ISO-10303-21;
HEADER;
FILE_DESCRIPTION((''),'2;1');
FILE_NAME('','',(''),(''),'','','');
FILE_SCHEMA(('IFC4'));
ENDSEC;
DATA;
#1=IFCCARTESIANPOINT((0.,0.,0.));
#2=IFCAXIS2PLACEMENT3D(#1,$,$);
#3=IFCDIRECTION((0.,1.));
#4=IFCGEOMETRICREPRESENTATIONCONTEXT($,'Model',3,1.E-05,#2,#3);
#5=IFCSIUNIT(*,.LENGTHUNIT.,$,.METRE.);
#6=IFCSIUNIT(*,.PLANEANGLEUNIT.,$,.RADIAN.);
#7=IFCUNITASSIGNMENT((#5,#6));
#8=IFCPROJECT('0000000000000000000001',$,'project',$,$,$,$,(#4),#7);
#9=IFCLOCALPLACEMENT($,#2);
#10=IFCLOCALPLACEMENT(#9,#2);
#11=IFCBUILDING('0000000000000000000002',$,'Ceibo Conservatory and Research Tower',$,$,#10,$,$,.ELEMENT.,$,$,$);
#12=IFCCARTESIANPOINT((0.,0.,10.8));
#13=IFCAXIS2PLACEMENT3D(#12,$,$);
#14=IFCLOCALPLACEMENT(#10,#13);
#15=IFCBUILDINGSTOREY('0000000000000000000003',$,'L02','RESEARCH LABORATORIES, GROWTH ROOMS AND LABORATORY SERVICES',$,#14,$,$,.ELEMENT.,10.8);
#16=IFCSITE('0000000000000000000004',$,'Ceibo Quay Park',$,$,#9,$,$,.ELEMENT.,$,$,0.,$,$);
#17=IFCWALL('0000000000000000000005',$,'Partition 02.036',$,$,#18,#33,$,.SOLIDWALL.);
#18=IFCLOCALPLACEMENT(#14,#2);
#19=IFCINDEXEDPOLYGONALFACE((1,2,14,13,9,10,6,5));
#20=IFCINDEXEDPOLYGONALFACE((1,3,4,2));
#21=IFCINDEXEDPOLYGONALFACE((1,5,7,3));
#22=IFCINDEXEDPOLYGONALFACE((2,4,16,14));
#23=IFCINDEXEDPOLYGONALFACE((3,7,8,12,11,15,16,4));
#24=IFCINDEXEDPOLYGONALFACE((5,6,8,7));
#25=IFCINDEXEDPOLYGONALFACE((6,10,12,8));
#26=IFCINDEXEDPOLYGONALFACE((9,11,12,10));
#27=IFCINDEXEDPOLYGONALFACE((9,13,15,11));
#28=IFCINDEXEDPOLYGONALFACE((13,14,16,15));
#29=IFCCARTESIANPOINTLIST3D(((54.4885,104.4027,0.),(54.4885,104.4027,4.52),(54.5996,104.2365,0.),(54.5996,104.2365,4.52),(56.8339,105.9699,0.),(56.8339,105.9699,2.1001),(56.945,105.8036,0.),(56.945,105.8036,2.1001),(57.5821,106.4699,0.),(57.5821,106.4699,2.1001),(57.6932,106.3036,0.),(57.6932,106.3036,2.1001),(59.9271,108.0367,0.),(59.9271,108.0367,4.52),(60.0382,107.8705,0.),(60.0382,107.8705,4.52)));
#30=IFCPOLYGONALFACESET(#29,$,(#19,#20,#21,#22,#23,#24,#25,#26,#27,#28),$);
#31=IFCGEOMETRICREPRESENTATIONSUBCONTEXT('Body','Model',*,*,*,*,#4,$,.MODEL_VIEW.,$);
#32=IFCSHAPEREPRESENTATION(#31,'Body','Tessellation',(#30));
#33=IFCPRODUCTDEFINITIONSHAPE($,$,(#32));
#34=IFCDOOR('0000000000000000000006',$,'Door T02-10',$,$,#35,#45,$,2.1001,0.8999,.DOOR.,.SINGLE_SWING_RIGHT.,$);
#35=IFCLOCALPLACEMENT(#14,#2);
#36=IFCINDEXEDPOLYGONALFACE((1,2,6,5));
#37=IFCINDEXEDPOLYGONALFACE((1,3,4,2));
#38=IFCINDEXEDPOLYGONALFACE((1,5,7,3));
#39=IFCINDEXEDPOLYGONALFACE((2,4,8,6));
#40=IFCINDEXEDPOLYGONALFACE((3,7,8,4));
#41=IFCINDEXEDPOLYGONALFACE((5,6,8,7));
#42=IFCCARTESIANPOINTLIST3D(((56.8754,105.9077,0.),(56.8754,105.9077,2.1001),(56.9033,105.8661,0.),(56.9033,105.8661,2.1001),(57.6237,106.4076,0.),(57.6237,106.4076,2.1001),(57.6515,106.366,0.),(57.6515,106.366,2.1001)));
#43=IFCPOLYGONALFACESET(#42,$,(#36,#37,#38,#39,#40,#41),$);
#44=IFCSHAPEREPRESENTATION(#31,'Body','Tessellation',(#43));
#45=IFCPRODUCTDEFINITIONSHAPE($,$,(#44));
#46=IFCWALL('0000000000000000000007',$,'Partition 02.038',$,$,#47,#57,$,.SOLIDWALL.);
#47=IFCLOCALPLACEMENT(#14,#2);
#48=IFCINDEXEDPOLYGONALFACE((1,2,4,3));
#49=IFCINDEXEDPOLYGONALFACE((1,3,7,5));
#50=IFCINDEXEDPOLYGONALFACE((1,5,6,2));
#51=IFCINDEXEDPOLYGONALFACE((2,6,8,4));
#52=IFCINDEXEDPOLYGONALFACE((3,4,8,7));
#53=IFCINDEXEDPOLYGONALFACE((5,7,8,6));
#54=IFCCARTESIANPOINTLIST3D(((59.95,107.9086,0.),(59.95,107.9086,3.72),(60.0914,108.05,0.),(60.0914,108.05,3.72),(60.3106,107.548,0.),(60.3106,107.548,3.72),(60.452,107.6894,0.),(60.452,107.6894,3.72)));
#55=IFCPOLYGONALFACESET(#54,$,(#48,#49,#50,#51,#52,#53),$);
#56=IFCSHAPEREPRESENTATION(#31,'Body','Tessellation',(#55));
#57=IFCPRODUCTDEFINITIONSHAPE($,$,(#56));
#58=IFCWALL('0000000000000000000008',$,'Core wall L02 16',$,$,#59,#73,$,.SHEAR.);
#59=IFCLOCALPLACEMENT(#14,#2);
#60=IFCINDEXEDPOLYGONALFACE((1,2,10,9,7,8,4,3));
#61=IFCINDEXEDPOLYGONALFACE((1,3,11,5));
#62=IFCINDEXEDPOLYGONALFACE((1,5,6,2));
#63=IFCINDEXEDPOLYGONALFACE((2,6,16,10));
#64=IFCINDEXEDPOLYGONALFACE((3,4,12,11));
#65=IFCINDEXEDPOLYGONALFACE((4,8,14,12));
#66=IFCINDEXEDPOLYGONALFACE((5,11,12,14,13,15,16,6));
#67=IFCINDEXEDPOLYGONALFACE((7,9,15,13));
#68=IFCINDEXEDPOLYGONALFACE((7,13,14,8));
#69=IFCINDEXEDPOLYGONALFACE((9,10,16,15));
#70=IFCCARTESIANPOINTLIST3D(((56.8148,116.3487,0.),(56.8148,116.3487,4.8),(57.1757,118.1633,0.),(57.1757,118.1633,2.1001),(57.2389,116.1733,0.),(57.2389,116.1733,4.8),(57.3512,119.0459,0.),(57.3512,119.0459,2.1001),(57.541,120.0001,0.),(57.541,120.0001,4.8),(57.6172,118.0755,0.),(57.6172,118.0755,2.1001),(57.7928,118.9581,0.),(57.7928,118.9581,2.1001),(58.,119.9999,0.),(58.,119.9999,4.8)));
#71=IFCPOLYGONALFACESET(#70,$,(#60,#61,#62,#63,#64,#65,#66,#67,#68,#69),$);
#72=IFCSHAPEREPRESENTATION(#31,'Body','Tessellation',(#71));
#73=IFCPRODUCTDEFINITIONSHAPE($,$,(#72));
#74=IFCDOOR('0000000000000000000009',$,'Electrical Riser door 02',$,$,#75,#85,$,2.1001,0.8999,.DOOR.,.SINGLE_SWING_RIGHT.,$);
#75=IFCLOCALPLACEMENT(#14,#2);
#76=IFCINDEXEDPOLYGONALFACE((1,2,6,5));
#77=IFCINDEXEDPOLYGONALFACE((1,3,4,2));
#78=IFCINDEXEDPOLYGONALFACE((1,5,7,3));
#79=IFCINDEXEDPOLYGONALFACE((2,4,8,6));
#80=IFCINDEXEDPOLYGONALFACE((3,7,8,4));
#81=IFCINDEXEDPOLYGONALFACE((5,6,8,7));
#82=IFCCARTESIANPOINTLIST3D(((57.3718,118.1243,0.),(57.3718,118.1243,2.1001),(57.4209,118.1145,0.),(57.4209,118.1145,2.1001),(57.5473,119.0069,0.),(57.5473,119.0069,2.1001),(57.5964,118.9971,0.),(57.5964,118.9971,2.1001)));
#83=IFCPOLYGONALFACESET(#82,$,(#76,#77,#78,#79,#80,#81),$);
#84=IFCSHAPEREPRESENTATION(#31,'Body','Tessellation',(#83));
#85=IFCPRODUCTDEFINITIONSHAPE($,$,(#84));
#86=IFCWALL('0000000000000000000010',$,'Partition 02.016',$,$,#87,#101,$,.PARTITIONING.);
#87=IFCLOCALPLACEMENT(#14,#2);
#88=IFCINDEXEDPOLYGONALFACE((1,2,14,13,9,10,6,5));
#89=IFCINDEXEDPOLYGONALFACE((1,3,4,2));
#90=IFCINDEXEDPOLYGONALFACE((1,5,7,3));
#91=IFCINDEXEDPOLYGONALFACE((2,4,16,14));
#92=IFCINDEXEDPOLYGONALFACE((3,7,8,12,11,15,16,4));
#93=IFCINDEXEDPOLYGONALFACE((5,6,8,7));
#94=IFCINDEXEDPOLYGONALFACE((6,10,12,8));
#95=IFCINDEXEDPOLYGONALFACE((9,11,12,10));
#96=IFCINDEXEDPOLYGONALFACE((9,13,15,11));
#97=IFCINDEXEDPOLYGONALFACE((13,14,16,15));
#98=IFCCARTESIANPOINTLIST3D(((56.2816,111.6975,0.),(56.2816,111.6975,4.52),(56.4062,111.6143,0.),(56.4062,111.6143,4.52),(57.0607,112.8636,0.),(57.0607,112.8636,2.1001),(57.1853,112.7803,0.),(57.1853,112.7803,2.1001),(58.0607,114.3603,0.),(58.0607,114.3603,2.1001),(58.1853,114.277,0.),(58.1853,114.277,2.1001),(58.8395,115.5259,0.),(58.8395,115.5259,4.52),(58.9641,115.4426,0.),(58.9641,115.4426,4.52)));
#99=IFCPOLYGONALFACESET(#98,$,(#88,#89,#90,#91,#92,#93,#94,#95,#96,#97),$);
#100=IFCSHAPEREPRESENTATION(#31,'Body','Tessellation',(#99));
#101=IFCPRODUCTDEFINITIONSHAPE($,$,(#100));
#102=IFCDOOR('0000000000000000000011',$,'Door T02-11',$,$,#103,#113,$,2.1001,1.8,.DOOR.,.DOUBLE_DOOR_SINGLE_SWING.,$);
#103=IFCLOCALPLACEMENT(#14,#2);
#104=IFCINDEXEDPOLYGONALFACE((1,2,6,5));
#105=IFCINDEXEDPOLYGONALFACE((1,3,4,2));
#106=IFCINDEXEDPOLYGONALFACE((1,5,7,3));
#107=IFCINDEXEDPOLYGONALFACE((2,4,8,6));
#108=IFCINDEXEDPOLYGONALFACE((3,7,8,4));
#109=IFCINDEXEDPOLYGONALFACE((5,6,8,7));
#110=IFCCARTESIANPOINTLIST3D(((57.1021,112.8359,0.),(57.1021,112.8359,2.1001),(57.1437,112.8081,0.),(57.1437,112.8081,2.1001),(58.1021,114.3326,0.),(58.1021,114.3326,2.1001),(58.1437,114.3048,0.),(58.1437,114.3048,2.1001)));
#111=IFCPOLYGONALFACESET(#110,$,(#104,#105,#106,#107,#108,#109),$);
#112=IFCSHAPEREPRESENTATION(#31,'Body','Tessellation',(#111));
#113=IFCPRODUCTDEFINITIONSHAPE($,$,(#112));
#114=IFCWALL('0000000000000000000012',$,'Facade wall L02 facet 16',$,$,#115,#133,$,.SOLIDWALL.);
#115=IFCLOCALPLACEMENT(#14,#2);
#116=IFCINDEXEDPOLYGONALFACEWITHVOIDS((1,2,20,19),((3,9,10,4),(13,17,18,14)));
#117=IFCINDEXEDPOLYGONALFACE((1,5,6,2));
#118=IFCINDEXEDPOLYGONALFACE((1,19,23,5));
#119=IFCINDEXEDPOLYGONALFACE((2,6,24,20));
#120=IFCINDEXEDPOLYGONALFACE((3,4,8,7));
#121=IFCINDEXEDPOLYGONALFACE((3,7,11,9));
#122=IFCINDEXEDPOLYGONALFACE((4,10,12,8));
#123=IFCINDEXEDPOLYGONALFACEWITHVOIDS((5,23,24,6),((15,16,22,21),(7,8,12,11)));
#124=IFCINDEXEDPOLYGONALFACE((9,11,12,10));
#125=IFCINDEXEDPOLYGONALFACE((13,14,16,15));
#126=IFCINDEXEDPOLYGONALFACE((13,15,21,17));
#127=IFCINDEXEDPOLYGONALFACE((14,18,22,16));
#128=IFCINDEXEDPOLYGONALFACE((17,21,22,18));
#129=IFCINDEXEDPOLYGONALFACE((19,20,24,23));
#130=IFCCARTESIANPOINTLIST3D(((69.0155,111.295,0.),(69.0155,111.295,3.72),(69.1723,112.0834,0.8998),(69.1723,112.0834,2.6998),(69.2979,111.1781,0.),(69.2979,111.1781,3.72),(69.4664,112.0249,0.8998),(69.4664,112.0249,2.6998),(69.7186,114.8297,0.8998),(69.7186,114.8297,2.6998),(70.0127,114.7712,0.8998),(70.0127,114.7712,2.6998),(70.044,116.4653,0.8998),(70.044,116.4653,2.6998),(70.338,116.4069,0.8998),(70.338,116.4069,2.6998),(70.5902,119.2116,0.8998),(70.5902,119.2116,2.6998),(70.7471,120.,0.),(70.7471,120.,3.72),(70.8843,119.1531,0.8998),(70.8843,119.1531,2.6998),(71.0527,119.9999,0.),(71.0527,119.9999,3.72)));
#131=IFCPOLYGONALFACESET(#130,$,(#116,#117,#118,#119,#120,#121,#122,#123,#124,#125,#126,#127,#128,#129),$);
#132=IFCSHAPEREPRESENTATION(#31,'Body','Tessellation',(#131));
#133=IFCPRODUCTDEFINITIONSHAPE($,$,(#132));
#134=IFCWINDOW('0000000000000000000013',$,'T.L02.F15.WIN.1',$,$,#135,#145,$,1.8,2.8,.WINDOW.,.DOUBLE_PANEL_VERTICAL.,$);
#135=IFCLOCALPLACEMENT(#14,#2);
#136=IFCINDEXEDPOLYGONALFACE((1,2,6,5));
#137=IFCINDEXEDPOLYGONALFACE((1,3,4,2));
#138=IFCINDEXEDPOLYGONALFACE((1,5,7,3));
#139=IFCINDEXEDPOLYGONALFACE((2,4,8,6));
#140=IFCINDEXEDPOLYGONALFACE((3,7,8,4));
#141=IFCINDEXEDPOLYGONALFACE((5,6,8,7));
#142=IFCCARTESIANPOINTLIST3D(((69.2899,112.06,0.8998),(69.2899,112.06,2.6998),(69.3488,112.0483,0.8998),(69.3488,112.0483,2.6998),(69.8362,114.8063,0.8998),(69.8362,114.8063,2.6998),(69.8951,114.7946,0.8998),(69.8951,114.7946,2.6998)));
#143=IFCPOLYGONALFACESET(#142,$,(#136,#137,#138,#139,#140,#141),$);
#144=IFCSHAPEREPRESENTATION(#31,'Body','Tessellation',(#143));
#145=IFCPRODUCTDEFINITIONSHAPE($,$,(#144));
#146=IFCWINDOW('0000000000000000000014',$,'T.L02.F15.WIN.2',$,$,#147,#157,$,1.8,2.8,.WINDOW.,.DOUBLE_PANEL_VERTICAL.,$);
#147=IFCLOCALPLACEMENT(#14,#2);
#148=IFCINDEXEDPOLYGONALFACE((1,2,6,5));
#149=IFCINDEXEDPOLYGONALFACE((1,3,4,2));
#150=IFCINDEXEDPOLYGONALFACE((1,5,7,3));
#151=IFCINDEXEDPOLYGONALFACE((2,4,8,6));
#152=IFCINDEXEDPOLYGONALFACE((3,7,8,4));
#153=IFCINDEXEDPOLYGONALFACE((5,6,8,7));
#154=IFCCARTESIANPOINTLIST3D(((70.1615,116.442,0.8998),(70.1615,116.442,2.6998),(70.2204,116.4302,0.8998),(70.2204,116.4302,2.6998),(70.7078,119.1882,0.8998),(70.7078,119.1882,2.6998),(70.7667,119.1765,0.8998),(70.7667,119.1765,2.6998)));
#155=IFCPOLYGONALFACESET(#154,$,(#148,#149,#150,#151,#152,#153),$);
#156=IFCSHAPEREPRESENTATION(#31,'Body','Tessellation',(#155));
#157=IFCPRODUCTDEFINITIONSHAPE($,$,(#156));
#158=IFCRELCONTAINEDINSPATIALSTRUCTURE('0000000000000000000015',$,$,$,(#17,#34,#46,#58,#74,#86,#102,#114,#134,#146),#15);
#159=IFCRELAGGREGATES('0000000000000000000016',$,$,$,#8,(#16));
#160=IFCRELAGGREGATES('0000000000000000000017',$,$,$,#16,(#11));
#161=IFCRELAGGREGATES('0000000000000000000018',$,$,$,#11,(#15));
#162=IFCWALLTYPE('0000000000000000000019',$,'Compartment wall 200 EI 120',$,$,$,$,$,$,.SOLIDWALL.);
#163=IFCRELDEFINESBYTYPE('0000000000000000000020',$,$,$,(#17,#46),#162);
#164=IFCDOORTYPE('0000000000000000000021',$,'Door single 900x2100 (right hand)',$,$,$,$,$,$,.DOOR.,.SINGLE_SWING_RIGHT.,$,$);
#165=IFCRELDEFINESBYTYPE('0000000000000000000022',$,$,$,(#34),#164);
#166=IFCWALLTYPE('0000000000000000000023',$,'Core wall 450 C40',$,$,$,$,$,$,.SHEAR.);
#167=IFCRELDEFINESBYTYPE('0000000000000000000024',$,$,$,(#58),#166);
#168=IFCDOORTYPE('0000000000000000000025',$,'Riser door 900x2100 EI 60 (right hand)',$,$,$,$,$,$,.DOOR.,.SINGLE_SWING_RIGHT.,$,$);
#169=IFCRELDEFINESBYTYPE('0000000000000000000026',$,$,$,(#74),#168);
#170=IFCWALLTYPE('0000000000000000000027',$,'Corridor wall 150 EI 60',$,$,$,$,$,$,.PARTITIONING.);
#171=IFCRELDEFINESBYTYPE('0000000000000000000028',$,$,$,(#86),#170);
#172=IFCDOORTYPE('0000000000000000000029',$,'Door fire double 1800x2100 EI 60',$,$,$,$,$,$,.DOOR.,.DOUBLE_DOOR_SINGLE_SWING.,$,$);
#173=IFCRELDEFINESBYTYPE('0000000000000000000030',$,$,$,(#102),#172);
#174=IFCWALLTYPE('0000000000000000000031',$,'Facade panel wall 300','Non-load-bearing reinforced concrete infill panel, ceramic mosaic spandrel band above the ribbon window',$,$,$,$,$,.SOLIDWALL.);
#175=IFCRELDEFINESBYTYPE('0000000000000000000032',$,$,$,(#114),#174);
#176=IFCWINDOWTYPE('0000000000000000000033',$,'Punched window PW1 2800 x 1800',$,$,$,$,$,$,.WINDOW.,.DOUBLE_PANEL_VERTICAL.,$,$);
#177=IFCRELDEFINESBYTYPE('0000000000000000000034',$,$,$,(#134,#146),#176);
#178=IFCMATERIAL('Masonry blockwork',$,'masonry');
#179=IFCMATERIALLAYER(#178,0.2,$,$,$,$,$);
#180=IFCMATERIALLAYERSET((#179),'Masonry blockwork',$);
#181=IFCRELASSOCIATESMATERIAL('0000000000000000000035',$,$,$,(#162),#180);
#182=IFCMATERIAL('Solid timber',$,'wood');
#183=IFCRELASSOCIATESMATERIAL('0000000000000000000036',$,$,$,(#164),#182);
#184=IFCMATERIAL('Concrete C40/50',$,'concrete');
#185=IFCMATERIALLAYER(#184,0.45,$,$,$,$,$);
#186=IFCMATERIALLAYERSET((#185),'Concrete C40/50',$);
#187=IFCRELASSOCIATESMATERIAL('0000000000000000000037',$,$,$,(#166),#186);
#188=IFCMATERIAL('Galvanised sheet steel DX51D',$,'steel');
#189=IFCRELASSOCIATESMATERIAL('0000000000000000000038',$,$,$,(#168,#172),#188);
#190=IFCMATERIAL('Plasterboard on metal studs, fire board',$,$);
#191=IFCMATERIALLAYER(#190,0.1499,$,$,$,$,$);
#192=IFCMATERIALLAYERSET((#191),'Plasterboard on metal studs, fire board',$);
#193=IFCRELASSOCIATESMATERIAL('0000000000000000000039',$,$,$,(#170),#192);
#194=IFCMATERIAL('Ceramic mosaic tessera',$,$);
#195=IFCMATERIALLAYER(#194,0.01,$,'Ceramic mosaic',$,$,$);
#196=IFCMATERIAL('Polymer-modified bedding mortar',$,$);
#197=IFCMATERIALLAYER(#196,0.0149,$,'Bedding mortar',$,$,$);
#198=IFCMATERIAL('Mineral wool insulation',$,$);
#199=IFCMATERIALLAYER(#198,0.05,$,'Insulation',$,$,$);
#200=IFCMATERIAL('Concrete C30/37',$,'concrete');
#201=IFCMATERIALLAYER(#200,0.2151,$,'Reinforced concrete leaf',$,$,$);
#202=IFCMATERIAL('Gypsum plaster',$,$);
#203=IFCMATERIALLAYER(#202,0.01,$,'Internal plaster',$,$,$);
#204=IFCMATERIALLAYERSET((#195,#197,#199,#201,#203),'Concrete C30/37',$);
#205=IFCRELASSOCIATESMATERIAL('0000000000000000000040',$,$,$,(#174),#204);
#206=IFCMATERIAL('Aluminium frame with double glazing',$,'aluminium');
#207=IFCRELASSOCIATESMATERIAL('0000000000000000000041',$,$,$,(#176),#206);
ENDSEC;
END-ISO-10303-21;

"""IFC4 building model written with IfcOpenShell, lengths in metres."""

from ifc_helpers import new_model, si_unit, direction, frame, frame_2d, origin, place, context, subcontext, project, spatial, polyline, rectangle, outline, extrude, material, layer, layer_set, type_object, element, fill, save


model = new_model("IFC4")

# Units and contexts
model_context = context("Model", 3, precision=1e-05, world=origin(), true_north=direction((0.0, 1.0)))
body_context = subcontext(model_context, "Body", "Model", "MODEL_VIEW")
ifc_project = project(units=[si_unit("LENGTHUNIT", "METRE"), si_unit("PLANEANGLEUNIT", "RADIAN")], contexts=[model_context])

# Site, building, storey
site_placement = place(None, origin())
site = spatial("IfcSite", under=ifc_project, at=site_placement, Name="Ceibo Quay Park", CompositionType="ELEMENT", RefElevation=0.0)
building_placement = place(site_placement, origin())
building = spatial("IfcBuilding", under=site, at=building_placement, Name="Ceibo Conservatory and Research Tower", CompositionType="ELEMENT")
storey_placement = place(building_placement, frame((0.0, 0.0, 10.8)))
storey = spatial("IfcBuildingStorey", under=building, at=storey_placement, Name="L02", Description="RESEARCH LABORATORIES, GROWTH ROOMS AND LABORATORY SERVICES", CompositionType="ELEMENT", Elevation=10.8)

# Shared definitions
ifc_material_1 = material(Name="Concrete C40/50", Category="concrete")

# Wall, opening, door
ifc_material_2 = material(Name="Masonry blockwork", Category="masonry")
ifc_layer_1 = layer(ifc_material_2, 0.2)
ifc_layer_set_1 = layer_set([ifc_layer_1], Name="Masonry blockwork")
wall_type_1 = type_object("IfcWallType", Name="Compartment wall 200 EI 120", PredefinedType="SOLIDWALL", material=ifc_layer_set_1)
wall_1_placement = place(storey_placement, frame((59.9827, 107.9536, 0.0), z_axis=(0.0, 0.0, 1.0), x_axis=(-0.83147, -0.55557, 0.0)))
wall_1 = element("IfcWall", 1, at=wall_1_placement, inside=storey, type_object=wall_type_1, Name="Partition 02.036", PredefinedType="SOLIDWALL", context=body_context, shape_type="SweptSolid", body=[
    extrude(rectangle(XDim=6.541, YDim=0.2, at=frame_2d((3.2705, 0.0))), origin(), (0.0, 0.0, 1.0), 4.52),
])
opening_1_placement = place(wall_1_placement, frame((2.8203, 0.0, 0.0)))
opening_1 = element("IfcOpeningElement", 2, at=opening_1_placement, cuts=wall_1, PredefinedType="OPENING", context=body_context, shape_type="SweptSolid", body=[
    extrude(rectangle(XDim=0.8999, YDim=2.1001, at=frame_2d((0.45, 1.05))), frame((0.0, 0.1099, 0.0), z_axis=(0.0, -1.0, 0.0), x_axis=(1.0, 0.0, 0.0)), (0.0, 0.0, 1.0), 0.22),
])
ifc_material_3 = material(Name="Solid timber", Category="wood")
door_type_1 = type_object("IfcDoorType", Name="Door single 900x2100 (right hand)", OperationType="SINGLE_SWING_RIGHT", PredefinedType="DOOR", material=ifc_material_3)
door_1_placement = place(opening_1_placement, origin())
door_1 = element("IfcDoor", 3, at=door_1_placement, inside=storey, type_object=door_type_1, Name="Door T02-10", OperationType="SINGLE_SWING_RIGHT", OverallHeight=2.1001, OverallWidth=0.8999, PredefinedType="DOOR", context=body_context, shape_type="SweptSolid", body=[
    extrude(rectangle(XDim=0.8999, YDim=2.1001, at=frame_2d((0.45, 1.05))), frame((0.0, 0.0249, 0.0), z_axis=(0.0, -1.0, 0.0), x_axis=(1.0, 0.0, 0.0)), (0.0, 0.0, 1.0), 0.05),
])
fill(opening_1, door_1)

# Wall
wall_2_placement = place(storey_placement, frame((60.0208, 107.9792, 0.0), z_axis=(0.0, 0.0, 1.0), x_axis=(0.707107, -0.707107, 0.0)))
element("IfcWall", 4, at=wall_2_placement, inside=storey, type_object=wall_type_1, Name="Partition 02.038", PredefinedType="SOLIDWALL", context=body_context, shape_type="SweptSolid", body=[
    extrude(rectangle(XDim=0.51, YDim=0.2, at=frame_2d((0.2549, 0.0))), origin(), (0.0, 0.0, 1.0), 3.72),
])

# Walls, openings, doors
ifc_layer_2 = layer(ifc_material_1, 0.45)
ifc_layer_set_2 = layer_set([ifc_layer_2], Name="Concrete C40/50")
wall_type_2 = type_object("IfcWallType", Name="Core wall 450 C40", PredefinedType="SHEAR", material=ifc_layer_set_2)
wall_3_placement = place(storey_placement, frame((57.0269, 116.261, 0.0), z_axis=(0.0, 0.0, 1.0), x_axis=(0.195069, 0.980789, 0.0)))
wall_3 = element("IfcWall", 5, at=wall_3_placement, inside=storey, type_object=wall_type_2, Name="Core wall L02 16", PredefinedType="SHEAR", context=body_context, shape_type="SweptSolid", body=[
    extrude(outline(polyline([(-0.0447, -0.2251), (3.8569, -0.2251), (3.7676, 0.2251), (0.0447, 0.2251), (-0.0447, -0.2251)])), origin(), (0.0, 0.0, 1.0), 4.8),
])
opening_2_placement = place(wall_3_placement, frame((1.8948, 0.0, 0.0)))
opening_2 = element("IfcOpeningElement", 6, at=opening_2_placement, cuts=wall_3, PredefinedType="OPENING", context=body_context, shape_type="SweptSolid", body=[
    extrude(rectangle(XDim=0.8999, YDim=2.1001, at=frame_2d((0.45, 1.05))), frame((0.0, 0.2349, 0.0), z_axis=(0.0, -1.0, 0.0), x_axis=(1.0, 0.0, 0.0)), (0.0, 0.0, 1.0), 0.47),
])
ifc_material_4 = material(Name="Galvanised sheet steel DX51D", Category="steel")
door_type_2 = type_object("IfcDoorType", Name="Riser door 900x2100 EI 60 (right hand)", OperationType="SINGLE_SWING_RIGHT", PredefinedType="DOOR", material=ifc_material_4)
door_2_placement = place(opening_2_placement, frame((0.8999, 0.0, 0.0), z_axis=(0.0, 0.0, 1.0), x_axis=(-1.0, 0.0, 0.0)))
door_2 = element("IfcDoor", 7, at=door_2_placement, inside=storey, type_object=door_type_2, Name="Electrical Riser door 02", OperationType="SINGLE_SWING_RIGHT", OverallHeight=2.1001, OverallWidth=0.8999, PredefinedType="DOOR", context=body_context, shape_type="SweptSolid", body=[
    extrude(rectangle(XDim=0.8999, YDim=2.1001, at=frame_2d((0.45, 1.05))), frame((0.0, 0.0249, 0.0), z_axis=(0.0, -1.0, 0.0), x_axis=(1.0, 0.0, 0.0)), (0.0, 0.0, 1.0), 0.05),
])
fill(opening_2, door_2)
ifc_material_5 = material(Name="Plasterboard on metal studs, fire board")
ifc_layer_3 = layer(ifc_material_5, 0.1499)
ifc_layer_set_3 = layer_set([ifc_layer_3], Name="Plasterboard on metal studs, fire board")
wall_type_3 = type_object("IfcWallType", Name="Corridor wall 150 EI 60", PredefinedType="PARTITIONING", material=ifc_layer_set_3)
wall_4_placement = place(storey_placement, frame((58.9019, 115.4844, 0.0), z_axis=(0.0, 0.0, 1.0), x_axis=(-0.555544, -0.831487, 0.0)))
wall_4 = element("IfcWall", 8, at=wall_4_placement, inside=storey, type_object=wall_type_3, Name="Partition 02.016", PredefinedType="PARTITIONING", context=body_context, shape_type="SweptSolid", body=[
    extrude(rectangle(XDim=4.6042, YDim=0.1499, at=frame_2d((2.3022, 0.0))), origin(), (0.0, 0.0, 1.0), 4.52),
])
opening_3_placement = place(wall_4_placement, frame((1.4021, 0.0, 0.0)))
opening_3 = element("IfcOpeningElement", 9, at=opening_3_placement, cuts=wall_4, PredefinedType="OPENING", context=body_context, shape_type="SweptSolid", body=[
    extrude(rectangle(XDim=1.8, YDim=2.1001, at=frame_2d((0.8999, 1.05))), frame((0.0, 0.085, 0.0), z_axis=(0.0, -1.0, 0.0), x_axis=(1.0, 0.0, 0.0)), (0.0, 0.0, 1.0), 0.1699),
])
door_type_3 = type_object("IfcDoorType", Name="Door fire double 1800x2100 EI 60", OperationType="DOUBLE_DOOR_SINGLE_SWING", PredefinedType="DOOR", material=ifc_material_4)
door_3_placement = place(opening_3_placement, origin())
door_3 = element("IfcDoor", 10, at=door_3_placement, inside=storey, type_object=door_type_3, Name="Door T02-11", OperationType="DOUBLE_DOOR_SINGLE_SWING", OverallHeight=2.1001, OverallWidth=1.8, PredefinedType="DOOR", context=body_context, shape_type="SweptSolid", body=[
    extrude(rectangle(XDim=1.8, YDim=2.1001, at=frame_2d((0.8999, 1.05))), frame((0.0, 0.0249, 0.0), z_axis=(0.0, -1.0, 0.0), x_axis=(1.0, 0.0, 0.0)), (0.0, 0.0, 1.0), 0.05),
])
fill(opening_3, door_3)

# Wall, openings, windows
ifc_material_6 = material(Name="Ceramic mosaic tessera")
ifc_layer_4 = layer(ifc_material_6, 0.01, Name="Ceramic mosaic")
ifc_material_7 = material(Name="Polymer-modified bedding mortar")
ifc_layer_5 = layer(ifc_material_7, 0.0149, Name="Bedding mortar")
ifc_material_8 = material(Name="Mineral wool insulation")
ifc_layer_6 = layer(ifc_material_8, 0.05, Name="Insulation")
ifc_material_9 = material(Name="Concrete C30/37", Category="concrete")
ifc_layer_7 = layer(ifc_material_9, 0.2151, Name="Reinforced concrete leaf")
ifc_material_10 = material(Name="Gypsum plaster")
ifc_layer_8 = layer(ifc_material_10, 0.01, Name="Internal plaster")
ifc_layer_set_4 = layer_set([ifc_layer_4, ifc_layer_5, ifc_layer_6, ifc_layer_7, ifc_layer_8], Name="Concrete C30/37")
wall_type_4 = type_object("IfcWallType", Name="Facade panel wall 300", Description="Non-load-bearing reinforced concrete infill panel, ceramic mosaic spandrel band above the ribbon window", PredefinedType="SOLIDWALL", material=ifc_layer_set_4)
wall_5_placement = place(storey_placement, frame((69.1567, 111.2366, 0.0), z_axis=(0.0, 0.0, 1.0), x_axis=(0.195091, 0.980785, 0.0)))
wall_5 = element("IfcWall", 11, at=wall_5_placement, inside=storey, type_object=wall_type_4, Name="Facade wall L02 facet 16", PredefinedType="SOLIDWALL", context=body_context, shape_type="SweptSolid", body=[
    extrude(outline(polyline([(-0.0298, -0.1499), (8.9648, -0.1499), (8.9053, 0.1499), (0.0298, 0.1499), (-0.0298, -0.1499)])), origin(), (0.0, 0.0, 1.0), 3.72),
])
opening_4_placement = place(wall_5_placement, frame((0.8337, 0.0, 0.8999)))
opening_4 = element("IfcOpeningElement", 12, at=opening_4_placement, cuts=wall_5, PredefinedType="OPENING", context=body_context, shape_type="SweptSolid", body=[
    extrude(rectangle(XDim=2.8, YDim=1.8, at=frame_2d((1.3999, 0.8999))), frame((0.0, 0.1599, 0.0), z_axis=(0.0, -1.0, 0.0), x_axis=(1.0, 0.0, 0.0)), (0.0, 0.0, 1.0), 0.3201),
])
opening_5_placement = place(wall_5_placement, frame((5.3015, 0.0, 0.8999)))
opening_5 = element("IfcOpeningElement", 13, at=opening_5_placement, cuts=wall_5, PredefinedType="OPENING", context=body_context, shape_type="SweptSolid", body=[
    extrude(rectangle(XDim=2.8, YDim=1.8, at=frame_2d((1.3999, 0.8999))), frame((0.0, 0.1599, 0.0), z_axis=(0.0, -1.0, 0.0), x_axis=(1.0, 0.0, 0.0)), (0.0, 0.0, 1.0), 0.3201),
])
ifc_material_11 = material(Name="Aluminium frame with double glazing", Category="aluminium")
window_type = type_object("IfcWindowType", Name="Punched window PW1 2800 x 1800", PartitioningType="DOUBLE_PANEL_VERTICAL", PredefinedType="WINDOW", material=ifc_material_11)
window_1_placement = place(opening_4_placement, origin())
window_1 = element("IfcWindow", 14, at=window_1_placement, inside=storey, type_object=window_type, Name="T.L02.F15.WIN.1", OverallHeight=1.8, OverallWidth=2.8, PartitioningType="DOUBLE_PANEL_VERTICAL", PredefinedType="WINDOW", context=body_context, shape_type="SweptSolid", body=[
    extrude(rectangle(XDim=2.8, YDim=1.8, at=frame_2d((1.3999, 0.8999))), frame((0.0, 0.03, 0.0), z_axis=(0.0, -1.0, 0.0), x_axis=(1.0, 0.0, 0.0)), (0.0, 0.0, 1.0), 0.0601),
])
fill(opening_4, window_1)
window_2_placement = place(opening_5_placement, origin())
window_2 = element("IfcWindow", 15, at=window_2_placement, inside=storey, type_object=window_type, Name="T.L02.F15.WIN.2", OverallHeight=1.8, OverallWidth=2.8, PartitioningType="DOUBLE_PANEL_VERTICAL", PredefinedType="WINDOW", context=body_context, shape_type="SweptSolid", body=[
    extrude(rectangle(XDim=2.8, YDim=1.8, at=frame_2d((1.3999, 0.8999))), frame((0.0, 0.03, 0.0), z_axis=(0.0, -1.0, 0.0), x_axis=(1.0, 0.0, 0.0)), (0.0, 0.0, 1.0), 0.0601),
])
fill(opening_5, window_2)

save(model, "model.ifc")
